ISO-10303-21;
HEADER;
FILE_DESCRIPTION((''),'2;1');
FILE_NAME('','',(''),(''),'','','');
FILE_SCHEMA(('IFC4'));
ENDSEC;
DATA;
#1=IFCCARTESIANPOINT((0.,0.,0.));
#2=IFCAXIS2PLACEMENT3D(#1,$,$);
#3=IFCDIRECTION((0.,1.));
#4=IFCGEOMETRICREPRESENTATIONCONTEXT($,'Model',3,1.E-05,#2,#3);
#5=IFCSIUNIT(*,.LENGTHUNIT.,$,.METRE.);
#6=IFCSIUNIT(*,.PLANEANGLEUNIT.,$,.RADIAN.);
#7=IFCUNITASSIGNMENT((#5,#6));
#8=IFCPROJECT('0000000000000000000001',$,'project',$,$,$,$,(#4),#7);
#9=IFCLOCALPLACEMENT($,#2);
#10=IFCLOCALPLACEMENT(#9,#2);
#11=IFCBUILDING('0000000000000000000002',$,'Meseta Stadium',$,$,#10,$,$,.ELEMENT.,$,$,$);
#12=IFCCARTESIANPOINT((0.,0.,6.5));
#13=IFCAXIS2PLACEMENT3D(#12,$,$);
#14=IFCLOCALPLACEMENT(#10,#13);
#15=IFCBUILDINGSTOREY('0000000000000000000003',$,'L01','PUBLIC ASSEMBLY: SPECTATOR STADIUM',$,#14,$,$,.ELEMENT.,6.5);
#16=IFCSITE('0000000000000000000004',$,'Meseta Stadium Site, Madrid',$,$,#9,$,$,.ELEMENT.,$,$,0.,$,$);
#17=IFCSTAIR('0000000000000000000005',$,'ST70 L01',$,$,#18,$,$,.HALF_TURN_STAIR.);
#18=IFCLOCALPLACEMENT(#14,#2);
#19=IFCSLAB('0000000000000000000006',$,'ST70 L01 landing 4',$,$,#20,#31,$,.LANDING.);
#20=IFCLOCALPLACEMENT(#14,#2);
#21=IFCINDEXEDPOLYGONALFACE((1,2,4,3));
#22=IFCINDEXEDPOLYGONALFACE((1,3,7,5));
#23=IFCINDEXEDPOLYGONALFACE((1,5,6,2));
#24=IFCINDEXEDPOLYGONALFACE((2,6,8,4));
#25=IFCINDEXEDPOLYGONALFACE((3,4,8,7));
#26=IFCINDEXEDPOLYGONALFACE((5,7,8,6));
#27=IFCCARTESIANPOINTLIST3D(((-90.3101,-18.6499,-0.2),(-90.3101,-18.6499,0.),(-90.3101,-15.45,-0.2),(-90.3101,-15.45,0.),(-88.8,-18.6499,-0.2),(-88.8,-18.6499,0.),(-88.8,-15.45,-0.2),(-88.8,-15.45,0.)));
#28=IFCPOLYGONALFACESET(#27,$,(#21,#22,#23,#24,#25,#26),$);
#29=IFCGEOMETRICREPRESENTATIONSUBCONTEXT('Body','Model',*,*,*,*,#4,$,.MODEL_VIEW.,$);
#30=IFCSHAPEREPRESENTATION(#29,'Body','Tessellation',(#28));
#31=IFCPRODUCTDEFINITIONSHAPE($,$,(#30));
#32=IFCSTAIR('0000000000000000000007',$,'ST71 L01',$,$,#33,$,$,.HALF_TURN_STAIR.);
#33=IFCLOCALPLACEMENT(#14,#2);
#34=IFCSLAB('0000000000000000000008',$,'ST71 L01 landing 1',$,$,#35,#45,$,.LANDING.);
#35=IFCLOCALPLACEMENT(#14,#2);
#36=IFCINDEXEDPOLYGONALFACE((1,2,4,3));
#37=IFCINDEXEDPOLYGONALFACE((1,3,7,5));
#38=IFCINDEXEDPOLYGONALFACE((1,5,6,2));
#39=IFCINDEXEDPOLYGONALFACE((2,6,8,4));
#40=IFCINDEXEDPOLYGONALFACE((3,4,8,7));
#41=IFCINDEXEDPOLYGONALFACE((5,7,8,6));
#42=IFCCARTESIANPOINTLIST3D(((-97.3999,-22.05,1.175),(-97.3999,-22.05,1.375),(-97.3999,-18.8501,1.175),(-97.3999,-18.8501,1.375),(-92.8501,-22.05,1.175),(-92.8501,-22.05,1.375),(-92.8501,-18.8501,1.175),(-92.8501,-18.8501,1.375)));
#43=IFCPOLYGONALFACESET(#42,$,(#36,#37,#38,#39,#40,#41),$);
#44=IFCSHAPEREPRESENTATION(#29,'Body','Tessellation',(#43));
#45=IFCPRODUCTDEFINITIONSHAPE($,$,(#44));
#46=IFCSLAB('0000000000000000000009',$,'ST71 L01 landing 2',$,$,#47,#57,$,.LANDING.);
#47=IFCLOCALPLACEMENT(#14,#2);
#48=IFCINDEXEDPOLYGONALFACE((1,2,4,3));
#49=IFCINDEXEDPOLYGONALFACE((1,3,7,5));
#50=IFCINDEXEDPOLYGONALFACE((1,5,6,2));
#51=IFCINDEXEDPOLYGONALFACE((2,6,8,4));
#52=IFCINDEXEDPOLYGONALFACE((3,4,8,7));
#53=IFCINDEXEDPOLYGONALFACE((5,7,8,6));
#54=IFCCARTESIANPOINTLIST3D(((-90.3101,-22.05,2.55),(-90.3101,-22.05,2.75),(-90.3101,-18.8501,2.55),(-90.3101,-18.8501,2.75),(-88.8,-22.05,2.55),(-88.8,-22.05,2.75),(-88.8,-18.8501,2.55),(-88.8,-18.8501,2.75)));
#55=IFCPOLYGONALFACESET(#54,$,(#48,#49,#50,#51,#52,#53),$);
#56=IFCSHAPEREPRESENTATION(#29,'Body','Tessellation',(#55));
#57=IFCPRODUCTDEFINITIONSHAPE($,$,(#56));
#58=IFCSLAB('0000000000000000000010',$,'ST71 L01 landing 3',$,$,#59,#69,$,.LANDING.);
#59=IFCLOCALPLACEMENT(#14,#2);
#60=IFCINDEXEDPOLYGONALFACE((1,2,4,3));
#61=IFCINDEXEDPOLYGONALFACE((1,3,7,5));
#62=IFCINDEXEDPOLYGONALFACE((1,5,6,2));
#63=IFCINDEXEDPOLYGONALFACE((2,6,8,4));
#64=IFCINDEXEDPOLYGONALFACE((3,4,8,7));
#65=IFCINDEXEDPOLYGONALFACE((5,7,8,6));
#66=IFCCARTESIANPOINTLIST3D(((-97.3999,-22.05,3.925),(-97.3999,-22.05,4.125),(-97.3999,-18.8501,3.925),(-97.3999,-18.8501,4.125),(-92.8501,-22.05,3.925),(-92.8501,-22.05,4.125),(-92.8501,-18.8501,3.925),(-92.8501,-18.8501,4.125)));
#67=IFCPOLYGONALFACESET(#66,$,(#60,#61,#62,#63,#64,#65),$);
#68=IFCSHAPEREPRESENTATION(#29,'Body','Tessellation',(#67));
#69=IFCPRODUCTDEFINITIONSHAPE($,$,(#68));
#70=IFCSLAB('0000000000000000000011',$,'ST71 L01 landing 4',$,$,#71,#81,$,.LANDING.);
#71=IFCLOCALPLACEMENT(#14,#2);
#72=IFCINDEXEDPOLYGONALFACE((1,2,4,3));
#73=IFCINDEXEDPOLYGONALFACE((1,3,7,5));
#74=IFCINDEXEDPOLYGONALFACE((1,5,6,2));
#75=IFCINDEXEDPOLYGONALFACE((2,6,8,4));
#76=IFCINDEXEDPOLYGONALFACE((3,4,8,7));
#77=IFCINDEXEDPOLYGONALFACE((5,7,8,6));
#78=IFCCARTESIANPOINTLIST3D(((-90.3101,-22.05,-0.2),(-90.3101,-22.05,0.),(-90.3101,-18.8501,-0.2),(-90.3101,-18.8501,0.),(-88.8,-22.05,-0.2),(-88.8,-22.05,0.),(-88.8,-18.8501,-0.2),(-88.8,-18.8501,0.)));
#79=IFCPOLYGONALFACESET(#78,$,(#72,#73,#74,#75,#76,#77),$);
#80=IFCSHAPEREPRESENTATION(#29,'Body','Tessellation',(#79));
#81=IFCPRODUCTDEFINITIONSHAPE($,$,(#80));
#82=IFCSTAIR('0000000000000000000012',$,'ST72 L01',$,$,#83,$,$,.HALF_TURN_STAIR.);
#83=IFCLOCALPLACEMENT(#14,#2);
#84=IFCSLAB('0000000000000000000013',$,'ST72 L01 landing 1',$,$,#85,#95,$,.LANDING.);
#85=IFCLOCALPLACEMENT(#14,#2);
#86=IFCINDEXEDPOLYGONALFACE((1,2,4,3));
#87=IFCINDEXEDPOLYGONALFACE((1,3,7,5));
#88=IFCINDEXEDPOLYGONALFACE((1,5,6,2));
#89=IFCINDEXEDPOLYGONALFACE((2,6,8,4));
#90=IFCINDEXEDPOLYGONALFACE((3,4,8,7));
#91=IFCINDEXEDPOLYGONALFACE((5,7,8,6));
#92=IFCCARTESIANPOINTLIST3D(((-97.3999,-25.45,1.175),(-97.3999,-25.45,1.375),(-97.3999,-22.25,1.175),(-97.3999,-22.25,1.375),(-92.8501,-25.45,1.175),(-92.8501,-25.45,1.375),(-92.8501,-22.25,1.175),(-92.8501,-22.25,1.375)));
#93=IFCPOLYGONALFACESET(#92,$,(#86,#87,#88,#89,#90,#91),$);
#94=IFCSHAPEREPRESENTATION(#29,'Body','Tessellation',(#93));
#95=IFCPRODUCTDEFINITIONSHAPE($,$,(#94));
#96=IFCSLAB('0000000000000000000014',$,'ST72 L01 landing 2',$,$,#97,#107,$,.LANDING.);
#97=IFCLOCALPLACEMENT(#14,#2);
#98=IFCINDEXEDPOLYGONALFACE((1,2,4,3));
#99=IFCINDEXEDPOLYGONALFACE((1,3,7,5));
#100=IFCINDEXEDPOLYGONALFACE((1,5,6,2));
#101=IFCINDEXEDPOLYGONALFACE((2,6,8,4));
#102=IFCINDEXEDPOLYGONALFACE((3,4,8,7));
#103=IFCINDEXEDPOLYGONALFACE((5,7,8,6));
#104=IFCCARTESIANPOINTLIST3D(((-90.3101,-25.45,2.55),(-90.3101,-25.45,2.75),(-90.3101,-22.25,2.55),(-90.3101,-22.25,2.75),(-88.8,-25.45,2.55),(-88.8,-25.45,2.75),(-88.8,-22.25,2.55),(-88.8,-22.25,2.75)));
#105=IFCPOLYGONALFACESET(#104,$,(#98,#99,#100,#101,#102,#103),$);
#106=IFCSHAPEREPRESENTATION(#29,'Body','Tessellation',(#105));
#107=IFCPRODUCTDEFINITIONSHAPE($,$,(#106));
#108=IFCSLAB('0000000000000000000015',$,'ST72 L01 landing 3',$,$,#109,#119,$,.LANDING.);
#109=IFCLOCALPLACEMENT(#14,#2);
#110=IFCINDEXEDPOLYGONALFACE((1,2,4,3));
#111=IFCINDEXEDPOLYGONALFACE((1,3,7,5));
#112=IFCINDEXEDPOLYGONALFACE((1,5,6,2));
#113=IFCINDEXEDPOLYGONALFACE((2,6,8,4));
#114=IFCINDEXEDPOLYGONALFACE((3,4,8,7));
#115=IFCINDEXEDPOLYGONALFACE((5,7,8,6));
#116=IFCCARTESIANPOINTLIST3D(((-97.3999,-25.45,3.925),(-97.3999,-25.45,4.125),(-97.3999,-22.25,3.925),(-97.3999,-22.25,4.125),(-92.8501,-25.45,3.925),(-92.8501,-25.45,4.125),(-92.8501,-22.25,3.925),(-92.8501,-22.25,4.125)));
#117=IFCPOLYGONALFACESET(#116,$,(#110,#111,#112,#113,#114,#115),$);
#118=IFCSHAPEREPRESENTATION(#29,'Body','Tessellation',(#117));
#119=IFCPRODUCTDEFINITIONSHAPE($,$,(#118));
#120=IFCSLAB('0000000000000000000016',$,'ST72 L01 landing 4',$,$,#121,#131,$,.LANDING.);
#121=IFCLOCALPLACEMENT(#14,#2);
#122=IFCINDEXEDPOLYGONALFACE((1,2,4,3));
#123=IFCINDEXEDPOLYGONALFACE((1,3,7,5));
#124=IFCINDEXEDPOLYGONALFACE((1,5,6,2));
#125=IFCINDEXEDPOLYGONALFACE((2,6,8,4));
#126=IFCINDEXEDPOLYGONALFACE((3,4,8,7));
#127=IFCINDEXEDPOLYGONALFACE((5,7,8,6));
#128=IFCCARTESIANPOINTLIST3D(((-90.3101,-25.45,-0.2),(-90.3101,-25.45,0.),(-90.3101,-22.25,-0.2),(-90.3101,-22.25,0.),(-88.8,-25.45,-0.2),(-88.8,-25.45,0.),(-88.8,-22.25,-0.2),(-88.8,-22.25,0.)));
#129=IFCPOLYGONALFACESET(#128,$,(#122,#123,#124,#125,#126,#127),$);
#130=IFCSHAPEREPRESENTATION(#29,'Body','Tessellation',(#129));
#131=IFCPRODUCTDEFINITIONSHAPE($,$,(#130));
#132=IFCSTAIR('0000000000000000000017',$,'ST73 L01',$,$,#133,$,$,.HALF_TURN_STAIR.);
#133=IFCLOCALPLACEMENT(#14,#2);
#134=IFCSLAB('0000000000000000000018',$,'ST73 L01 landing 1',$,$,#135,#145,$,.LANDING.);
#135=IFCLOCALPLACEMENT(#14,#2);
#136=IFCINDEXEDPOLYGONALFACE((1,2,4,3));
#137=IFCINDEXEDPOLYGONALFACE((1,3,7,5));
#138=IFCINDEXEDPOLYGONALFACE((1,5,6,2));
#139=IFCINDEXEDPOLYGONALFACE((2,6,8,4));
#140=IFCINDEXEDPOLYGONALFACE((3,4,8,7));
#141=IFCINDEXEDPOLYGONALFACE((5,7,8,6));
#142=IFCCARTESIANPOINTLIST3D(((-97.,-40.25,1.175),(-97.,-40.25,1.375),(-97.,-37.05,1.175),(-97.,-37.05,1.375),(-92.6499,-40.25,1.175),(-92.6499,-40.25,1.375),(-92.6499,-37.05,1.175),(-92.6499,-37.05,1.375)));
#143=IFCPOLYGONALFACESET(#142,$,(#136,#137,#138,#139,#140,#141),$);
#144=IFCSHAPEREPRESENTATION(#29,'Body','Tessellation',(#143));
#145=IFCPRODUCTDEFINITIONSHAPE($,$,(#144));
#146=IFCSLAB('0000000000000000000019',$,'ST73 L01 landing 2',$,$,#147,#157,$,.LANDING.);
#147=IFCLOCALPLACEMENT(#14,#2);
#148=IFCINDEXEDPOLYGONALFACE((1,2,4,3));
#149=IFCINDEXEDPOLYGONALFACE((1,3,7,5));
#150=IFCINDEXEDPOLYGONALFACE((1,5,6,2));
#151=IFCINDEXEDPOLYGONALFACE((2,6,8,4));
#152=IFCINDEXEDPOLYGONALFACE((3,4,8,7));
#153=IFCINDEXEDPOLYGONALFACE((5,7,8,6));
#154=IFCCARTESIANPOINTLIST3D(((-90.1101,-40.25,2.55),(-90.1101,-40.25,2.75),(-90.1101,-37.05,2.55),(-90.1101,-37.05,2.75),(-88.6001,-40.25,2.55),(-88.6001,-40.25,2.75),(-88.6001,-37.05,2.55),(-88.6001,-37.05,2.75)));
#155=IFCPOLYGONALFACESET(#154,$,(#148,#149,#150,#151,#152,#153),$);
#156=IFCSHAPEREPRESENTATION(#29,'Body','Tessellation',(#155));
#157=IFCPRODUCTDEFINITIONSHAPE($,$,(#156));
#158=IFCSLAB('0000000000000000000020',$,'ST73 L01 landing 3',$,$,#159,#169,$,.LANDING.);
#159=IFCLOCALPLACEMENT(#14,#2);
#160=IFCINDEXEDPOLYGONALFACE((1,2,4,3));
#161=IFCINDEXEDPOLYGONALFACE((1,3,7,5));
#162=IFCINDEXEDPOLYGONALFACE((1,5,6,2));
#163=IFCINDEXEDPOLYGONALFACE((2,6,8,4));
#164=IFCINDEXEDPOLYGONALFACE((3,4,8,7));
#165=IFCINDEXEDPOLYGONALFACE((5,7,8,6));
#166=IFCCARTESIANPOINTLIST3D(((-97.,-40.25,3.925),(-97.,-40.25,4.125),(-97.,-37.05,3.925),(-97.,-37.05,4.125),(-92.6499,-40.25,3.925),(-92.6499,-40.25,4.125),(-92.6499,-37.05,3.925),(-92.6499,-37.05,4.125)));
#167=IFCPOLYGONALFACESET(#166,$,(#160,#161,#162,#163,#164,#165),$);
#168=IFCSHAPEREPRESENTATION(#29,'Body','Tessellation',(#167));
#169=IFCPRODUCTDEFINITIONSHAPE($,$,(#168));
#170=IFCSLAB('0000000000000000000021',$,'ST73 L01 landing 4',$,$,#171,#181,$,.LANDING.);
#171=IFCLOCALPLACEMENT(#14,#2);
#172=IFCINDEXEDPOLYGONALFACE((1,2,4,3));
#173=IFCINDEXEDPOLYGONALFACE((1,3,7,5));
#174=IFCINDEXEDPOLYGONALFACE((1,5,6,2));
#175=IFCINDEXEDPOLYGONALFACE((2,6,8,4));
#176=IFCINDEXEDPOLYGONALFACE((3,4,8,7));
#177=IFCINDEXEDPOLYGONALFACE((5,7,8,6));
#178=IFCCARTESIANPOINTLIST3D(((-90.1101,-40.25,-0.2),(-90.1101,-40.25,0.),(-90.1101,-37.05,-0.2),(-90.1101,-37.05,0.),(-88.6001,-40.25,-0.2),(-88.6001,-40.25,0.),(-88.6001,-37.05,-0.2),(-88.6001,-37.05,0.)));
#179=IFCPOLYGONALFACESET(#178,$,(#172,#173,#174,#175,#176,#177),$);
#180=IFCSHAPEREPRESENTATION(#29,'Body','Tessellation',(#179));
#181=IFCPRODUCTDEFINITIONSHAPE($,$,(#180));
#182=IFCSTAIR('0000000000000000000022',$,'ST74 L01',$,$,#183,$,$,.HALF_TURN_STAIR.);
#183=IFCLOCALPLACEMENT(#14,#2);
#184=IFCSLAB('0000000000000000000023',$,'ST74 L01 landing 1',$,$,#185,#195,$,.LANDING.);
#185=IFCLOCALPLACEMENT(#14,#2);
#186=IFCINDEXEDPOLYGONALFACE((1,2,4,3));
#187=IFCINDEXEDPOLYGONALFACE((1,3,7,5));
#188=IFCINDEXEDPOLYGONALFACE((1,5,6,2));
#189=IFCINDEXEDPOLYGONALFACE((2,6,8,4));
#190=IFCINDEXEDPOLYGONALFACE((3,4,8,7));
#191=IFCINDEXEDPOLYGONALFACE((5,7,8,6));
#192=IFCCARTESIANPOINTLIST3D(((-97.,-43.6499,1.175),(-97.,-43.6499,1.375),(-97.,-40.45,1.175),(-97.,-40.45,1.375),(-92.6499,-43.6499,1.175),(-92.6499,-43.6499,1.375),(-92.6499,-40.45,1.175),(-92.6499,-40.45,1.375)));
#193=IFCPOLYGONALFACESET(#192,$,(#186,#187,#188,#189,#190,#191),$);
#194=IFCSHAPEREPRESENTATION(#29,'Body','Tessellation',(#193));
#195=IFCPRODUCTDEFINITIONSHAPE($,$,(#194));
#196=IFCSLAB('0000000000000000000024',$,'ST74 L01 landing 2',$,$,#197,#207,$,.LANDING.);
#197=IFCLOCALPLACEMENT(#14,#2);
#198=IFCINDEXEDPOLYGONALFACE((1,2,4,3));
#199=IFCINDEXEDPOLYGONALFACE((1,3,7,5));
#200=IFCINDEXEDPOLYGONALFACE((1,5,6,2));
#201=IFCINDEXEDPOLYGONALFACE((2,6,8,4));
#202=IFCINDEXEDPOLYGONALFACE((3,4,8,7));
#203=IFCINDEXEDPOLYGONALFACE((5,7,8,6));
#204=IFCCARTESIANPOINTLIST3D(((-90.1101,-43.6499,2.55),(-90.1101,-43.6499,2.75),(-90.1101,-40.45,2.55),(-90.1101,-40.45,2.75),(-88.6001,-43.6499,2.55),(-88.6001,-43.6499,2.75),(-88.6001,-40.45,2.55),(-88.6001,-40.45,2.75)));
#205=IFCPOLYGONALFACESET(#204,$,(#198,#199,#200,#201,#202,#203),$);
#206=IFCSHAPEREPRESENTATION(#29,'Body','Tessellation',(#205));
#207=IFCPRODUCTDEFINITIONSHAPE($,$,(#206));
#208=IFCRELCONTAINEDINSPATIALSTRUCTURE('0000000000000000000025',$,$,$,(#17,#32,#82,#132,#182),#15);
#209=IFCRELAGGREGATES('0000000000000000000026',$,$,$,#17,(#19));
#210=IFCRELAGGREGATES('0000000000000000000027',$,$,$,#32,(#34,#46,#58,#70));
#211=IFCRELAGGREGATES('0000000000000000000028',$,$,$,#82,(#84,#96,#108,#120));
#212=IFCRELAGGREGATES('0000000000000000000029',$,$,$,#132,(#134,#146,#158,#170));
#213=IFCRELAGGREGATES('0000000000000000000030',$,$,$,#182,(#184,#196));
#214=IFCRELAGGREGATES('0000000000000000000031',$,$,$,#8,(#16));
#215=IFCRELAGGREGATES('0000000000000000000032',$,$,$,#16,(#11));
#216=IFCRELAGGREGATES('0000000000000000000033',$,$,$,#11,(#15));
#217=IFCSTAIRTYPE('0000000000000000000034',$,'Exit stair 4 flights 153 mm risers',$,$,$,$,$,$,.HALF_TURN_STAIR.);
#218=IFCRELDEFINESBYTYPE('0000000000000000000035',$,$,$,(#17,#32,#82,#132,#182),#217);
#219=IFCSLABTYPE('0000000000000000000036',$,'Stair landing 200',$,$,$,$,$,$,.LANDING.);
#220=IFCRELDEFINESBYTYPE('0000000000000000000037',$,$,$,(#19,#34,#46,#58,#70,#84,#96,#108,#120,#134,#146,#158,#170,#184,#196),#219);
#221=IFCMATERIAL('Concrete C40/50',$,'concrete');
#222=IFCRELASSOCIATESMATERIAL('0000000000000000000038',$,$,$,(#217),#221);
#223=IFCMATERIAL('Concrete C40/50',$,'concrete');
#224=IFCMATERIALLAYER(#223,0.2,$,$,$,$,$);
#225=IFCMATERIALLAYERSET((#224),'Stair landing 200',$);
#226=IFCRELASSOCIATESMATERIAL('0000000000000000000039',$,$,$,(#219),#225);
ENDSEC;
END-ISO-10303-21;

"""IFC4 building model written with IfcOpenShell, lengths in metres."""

from ifc_helpers import new_model, si_unit, direction, frame, origin, place, context, subcontext, project, spatial, polyline, outline, extrude, material, layer, layer_set, type_object, element, aggregate, save


model = new_model("IFC4")

# Units and contexts
model_context = context("Model", 3, precision=1e-05, world=origin(), true_north=direction((0.0, 1.0)))
body_context = subcontext(model_context, "Body", "Model", "MODEL_VIEW")
ifc_project = project(units=[si_unit("LENGTHUNIT", "METRE"), si_unit("PLANEANGLEUNIT", "RADIAN")], contexts=[model_context])

# Site, building, storey
site_placement = place(None, origin())
site = spatial("IfcSite", under=ifc_project, at=site_placement, Name="Meseta Stadium Site, Madrid", CompositionType="ELEMENT", RefElevation=0.0)
building_placement = place(site_placement, origin())
building = spatial("IfcBuilding", under=site, at=building_placement, Name="Meseta Stadium", CompositionType="ELEMENT")
storey_placement = place(building_placement, frame((0.0, 0.0, 6.5)))
storey = spatial("IfcBuildingStorey", under=building, at=storey_placement, Name="L01", Description="PUBLIC ASSEMBLY: SPECTATOR STADIUM", CompositionType="ELEMENT", Elevation=6.5)

# Stair, slab
ifc_material_1 = material(Name="Concrete C40/50", Category="concrete")
stair_type = type_object("IfcStairType", Name="Exit stair 4 flights 153 mm risers", PredefinedType="HALF_TURN_STAIR", material=ifc_material_1)
stair_1_placement = place(storey_placement, origin())
stair_1 = element("IfcStair", 1, at=stair_1_placement, inside=storey, type_object=stair_type, Name="ST70 L01", PredefinedType="HALF_TURN_STAIR")
ifc_material_2 = material(Name="Concrete C40/50", Category="concrete")
ifc_layer = layer(ifc_material_2, 0.2)
ifc_layer_set = layer_set([ifc_layer], Name="Stair landing 200")
slab_type = type_object("IfcSlabType", Name="Stair landing 200", PredefinedType="LANDING", material=ifc_layer_set)
slab_1_placement = place(storey_placement, frame((0.0, 0.0, -0.2)))
slab_1 = element("IfcSlab", 2, at=slab_1_placement, type_object=slab_type, Name="ST70 L01 landing 4", PredefinedType="LANDING", context=body_context, shape_type="SweptSolid", body=[
    extrude(outline(polyline([(-88.8, -15.45), (-90.3101, -15.45), (-90.3101, -18.6499), (-88.8, -18.6499), (-88.8, -15.45)])), origin(), (0.0, 0.0, 1.0), 0.2),
])
aggregate(stair_1, [slab_1])

# Stairs, slabs
stair_2_placement = place(storey_placement, origin())
stair_2 = element("IfcStair", 3, at=stair_2_placement, inside=storey, type_object=stair_type, Name="ST71 L01", PredefinedType="HALF_TURN_STAIR")
slab_2_placement = place(storey_placement, frame((0.0, 0.0, 1.175)))
slab_2 = element("IfcSlab", 4, at=slab_2_placement, type_object=slab_type, Name="ST71 L01 landing 1", PredefinedType="LANDING", context=body_context, shape_type="SweptSolid", body=[
    extrude(outline(polyline([(-92.8501, -18.8501), (-97.3999, -18.8501), (-97.3999, -22.05), (-92.8501, -22.05), (-92.8501, -18.8501)])), origin(), (0.0, 0.0, 1.0), 0.2),
])
slab_3_placement = place(storey_placement, frame((0.0, 0.0, 2.55)))
slab_3 = element("IfcSlab", 5, at=slab_3_placement, type_object=slab_type, Name="ST71 L01 landing 2", PredefinedType="LANDING", context=body_context, shape_type="SweptSolid", body=[
    extrude(outline(polyline([(-88.8, -18.8501), (-90.3101, -18.8501), (-90.3101, -22.05), (-88.8, -22.05), (-88.8, -18.8501)])), origin(), (0.0, 0.0, 1.0), 0.2),
])
slab_4_placement = place(storey_placement, frame((0.0, 0.0, 3.925)))
slab_4 = element("IfcSlab", 6, at=slab_4_placement, type_object=slab_type, Name="ST71 L01 landing 3", PredefinedType="LANDING", context=body_context, shape_type="SweptSolid", body=[
    extrude(outline(polyline([(-92.8501, -18.8501), (-97.3999, -18.8501), (-97.3999, -22.05), (-92.8501, -22.05), (-92.8501, -18.8501)])), origin(), (0.0, 0.0, 1.0), 0.2),
])
slab_5_placement = place(storey_placement, frame((0.0, 0.0, -0.2)))
slab_5 = element("IfcSlab", 7, at=slab_5_placement, type_object=slab_type, Name="ST71 L01 landing 4", PredefinedType="LANDING", context=body_context, shape_type="SweptSolid", body=[
    extrude(outline(polyline([(-88.8, -18.8501), (-90.3101, -18.8501), (-90.3101, -22.05), (-88.8, -22.05), (-88.8, -18.8501)])), origin(), (0.0, 0.0, 1.0), 0.2),
])
aggregate(stair_2, [slab_2, slab_3, slab_4, slab_5])
stair_3_placement = place(storey_placement, origin())
stair_3 = element("IfcStair", 8, at=stair_3_placement, inside=storey, type_object=stair_type, Name="ST72 L01", PredefinedType="HALF_TURN_STAIR")
slab_6_placement = place(storey_placement, frame((0.0, 0.0, 1.175)))
slab_6 = element("IfcSlab", 9, at=slab_6_placement, type_object=slab_type, Name="ST72 L01 landing 1", PredefinedType="LANDING", context=body_context, shape_type="SweptSolid", body=[
    extrude(outline(polyline([(-92.8501, -22.25), (-97.3999, -22.25), (-97.3999, -25.45), (-92.8501, -25.45), (-92.8501, -22.25)])), origin(), (0.0, 0.0, 1.0), 0.2),
])
slab_7_placement = place(storey_placement, frame((0.0, 0.0, 2.55)))
slab_7 = element("IfcSlab", 10, at=slab_7_placement, type_object=slab_type, Name="ST72 L01 landing 2", PredefinedType="LANDING", context=body_context, shape_type="SweptSolid", body=[
    extrude(outline(polyline([(-88.8, -22.25), (-90.3101, -22.25), (-90.3101, -25.45), (-88.8, -25.45), (-88.8, -22.25)])), origin(), (0.0, 0.0, 1.0), 0.2),
])
slab_8_placement = place(storey_placement, frame((0.0, 0.0, 3.925)))
slab_8 = element("IfcSlab", 11, at=slab_8_placement, type_object=slab_type, Name="ST72 L01 landing 3", PredefinedType="LANDING", context=body_context, shape_type="SweptSolid", body=[
    extrude(outline(polyline([(-92.8501, -22.25), (-97.3999, -22.25), (-97.3999, -25.45), (-92.8501, -25.45), (-92.8501, -22.25)])), origin(), (0.0, 0.0, 1.0), 0.2),
])
slab_9_placement = place(storey_placement, frame((0.0, 0.0, -0.2)))
slab_9 = element("IfcSlab", 12, at=slab_9_placement, type_object=slab_type, Name="ST72 L01 landing 4", PredefinedType="LANDING", context=body_context, shape_type="SweptSolid", body=[
    extrude(outline(polyline([(-88.8, -22.25), (-90.3101, -22.25), (-90.3101, -25.45), (-88.8, -25.45), (-88.8, -22.25)])), origin(), (0.0, 0.0, 1.0), 0.2),
])
aggregate(stair_3, [slab_6, slab_7, slab_8, slab_9])
stair_4_placement = place(storey_placement, origin())
stair_4 = element("IfcStair", 13, at=stair_4_placement, inside=storey, type_object=stair_type, Name="ST73 L01", PredefinedType="HALF_TURN_STAIR")
slab_10_placement = place(storey_placement, frame((0.0, 0.0, 1.175)))
slab_10 = element("IfcSlab", 14, at=slab_10_placement, type_object=slab_type, Name="ST73 L01 landing 1", PredefinedType="LANDING", context=body_context, shape_type="SweptSolid", body=[
    extrude(outline(polyline([(-92.6499, -37.05), (-97.0, -37.05), (-97.0, -40.25), (-92.6499, -40.25), (-92.6499, -37.05)])), origin(), (0.0, 0.0, 1.0), 0.2),
])
slab_11_placement = place(storey_placement, frame((0.0, 0.0, 2.55)))
slab_11 = element("IfcSlab", 15, at=slab_11_placement, type_object=slab_type, Name="ST73 L01 landing 2", PredefinedType="LANDING", context=body_context, shape_type="SweptSolid", body=[
    extrude(outline(polyline([(-88.6001, -37.05), (-90.1101, -37.05), (-90.1101, -40.25), (-88.6001, -40.25), (-88.6001, -37.05)])), origin(), (0.0, 0.0, 1.0), 0.2),
])
slab_12_placement = place(storey_placement, frame((0.0, 0.0, 3.925)))
slab_12 = element("IfcSlab", 16, at=slab_12_placement, type_object=slab_type, Name="ST73 L01 landing 3", PredefinedType="LANDING", context=body_context, shape_type="SweptSolid", body=[
    extrude(outline(polyline([(-92.6499, -37.05), (-97.0, -37.05), (-97.0, -40.25), (-92.6499, -40.25), (-92.6499, -37.05)])), origin(), (0.0, 0.0, 1.0), 0.2),
])
slab_13_placement = place(storey_placement, frame((0.0, 0.0, -0.2)))
slab_13 = element("IfcSlab", 17, at=slab_13_placement, type_object=slab_type, Name="ST73 L01 landing 4", PredefinedType="LANDING", context=body_context, shape_type="SweptSolid", body=[
    extrude(outline(polyline([(-88.6001, -37.05), (-90.1101, -37.05), (-90.1101, -40.25), (-88.6001, -40.25), (-88.6001, -37.05)])), origin(), (0.0, 0.0, 1.0), 0.2),
])
aggregate(stair_4, [slab_10, slab_11, slab_12, slab_13])
stair_5_placement = place(storey_placement, origin())
stair_5 = element("IfcStair", 18, at=stair_5_placement, inside=storey, type_object=stair_type, Name="ST74 L01", PredefinedType="HALF_TURN_STAIR")
slab_14_placement = place(storey_placement, frame((0.0, 0.0, 1.175)))
slab_14 = element("IfcSlab", 19, at=slab_14_placement, type_object=slab_type, Name="ST74 L01 landing 1", PredefinedType="LANDING", context=body_context, shape_type="SweptSolid", body=[
    extrude(outline(polyline([(-92.6499, -40.45), (-97.0, -40.45), (-97.0, -43.6499), (-92.6499, -43.6499), (-92.6499, -40.45)])), origin(), (0.0, 0.0, 1.0), 0.2),
])
slab_15_placement = place(storey_placement, frame((0.0, 0.0, 2.55)))
slab_15 = element("IfcSlab", 20, at=slab_15_placement, type_object=slab_type, Name="ST74 L01 landing 2", PredefinedType="LANDING", context=body_context, shape_type="SweptSolid", body=[
    extrude(outline(polyline([(-88.6001, -40.45), (-90.1101, -40.45), (-90.1101, -43.6499), (-88.6001, -43.6499), (-88.6001, -40.45)])), origin(), (0.0, 0.0, 1.0), 0.2),
])
aggregate(stair_5, [slab_14, slab_15])

save(model, "model.ifc")
